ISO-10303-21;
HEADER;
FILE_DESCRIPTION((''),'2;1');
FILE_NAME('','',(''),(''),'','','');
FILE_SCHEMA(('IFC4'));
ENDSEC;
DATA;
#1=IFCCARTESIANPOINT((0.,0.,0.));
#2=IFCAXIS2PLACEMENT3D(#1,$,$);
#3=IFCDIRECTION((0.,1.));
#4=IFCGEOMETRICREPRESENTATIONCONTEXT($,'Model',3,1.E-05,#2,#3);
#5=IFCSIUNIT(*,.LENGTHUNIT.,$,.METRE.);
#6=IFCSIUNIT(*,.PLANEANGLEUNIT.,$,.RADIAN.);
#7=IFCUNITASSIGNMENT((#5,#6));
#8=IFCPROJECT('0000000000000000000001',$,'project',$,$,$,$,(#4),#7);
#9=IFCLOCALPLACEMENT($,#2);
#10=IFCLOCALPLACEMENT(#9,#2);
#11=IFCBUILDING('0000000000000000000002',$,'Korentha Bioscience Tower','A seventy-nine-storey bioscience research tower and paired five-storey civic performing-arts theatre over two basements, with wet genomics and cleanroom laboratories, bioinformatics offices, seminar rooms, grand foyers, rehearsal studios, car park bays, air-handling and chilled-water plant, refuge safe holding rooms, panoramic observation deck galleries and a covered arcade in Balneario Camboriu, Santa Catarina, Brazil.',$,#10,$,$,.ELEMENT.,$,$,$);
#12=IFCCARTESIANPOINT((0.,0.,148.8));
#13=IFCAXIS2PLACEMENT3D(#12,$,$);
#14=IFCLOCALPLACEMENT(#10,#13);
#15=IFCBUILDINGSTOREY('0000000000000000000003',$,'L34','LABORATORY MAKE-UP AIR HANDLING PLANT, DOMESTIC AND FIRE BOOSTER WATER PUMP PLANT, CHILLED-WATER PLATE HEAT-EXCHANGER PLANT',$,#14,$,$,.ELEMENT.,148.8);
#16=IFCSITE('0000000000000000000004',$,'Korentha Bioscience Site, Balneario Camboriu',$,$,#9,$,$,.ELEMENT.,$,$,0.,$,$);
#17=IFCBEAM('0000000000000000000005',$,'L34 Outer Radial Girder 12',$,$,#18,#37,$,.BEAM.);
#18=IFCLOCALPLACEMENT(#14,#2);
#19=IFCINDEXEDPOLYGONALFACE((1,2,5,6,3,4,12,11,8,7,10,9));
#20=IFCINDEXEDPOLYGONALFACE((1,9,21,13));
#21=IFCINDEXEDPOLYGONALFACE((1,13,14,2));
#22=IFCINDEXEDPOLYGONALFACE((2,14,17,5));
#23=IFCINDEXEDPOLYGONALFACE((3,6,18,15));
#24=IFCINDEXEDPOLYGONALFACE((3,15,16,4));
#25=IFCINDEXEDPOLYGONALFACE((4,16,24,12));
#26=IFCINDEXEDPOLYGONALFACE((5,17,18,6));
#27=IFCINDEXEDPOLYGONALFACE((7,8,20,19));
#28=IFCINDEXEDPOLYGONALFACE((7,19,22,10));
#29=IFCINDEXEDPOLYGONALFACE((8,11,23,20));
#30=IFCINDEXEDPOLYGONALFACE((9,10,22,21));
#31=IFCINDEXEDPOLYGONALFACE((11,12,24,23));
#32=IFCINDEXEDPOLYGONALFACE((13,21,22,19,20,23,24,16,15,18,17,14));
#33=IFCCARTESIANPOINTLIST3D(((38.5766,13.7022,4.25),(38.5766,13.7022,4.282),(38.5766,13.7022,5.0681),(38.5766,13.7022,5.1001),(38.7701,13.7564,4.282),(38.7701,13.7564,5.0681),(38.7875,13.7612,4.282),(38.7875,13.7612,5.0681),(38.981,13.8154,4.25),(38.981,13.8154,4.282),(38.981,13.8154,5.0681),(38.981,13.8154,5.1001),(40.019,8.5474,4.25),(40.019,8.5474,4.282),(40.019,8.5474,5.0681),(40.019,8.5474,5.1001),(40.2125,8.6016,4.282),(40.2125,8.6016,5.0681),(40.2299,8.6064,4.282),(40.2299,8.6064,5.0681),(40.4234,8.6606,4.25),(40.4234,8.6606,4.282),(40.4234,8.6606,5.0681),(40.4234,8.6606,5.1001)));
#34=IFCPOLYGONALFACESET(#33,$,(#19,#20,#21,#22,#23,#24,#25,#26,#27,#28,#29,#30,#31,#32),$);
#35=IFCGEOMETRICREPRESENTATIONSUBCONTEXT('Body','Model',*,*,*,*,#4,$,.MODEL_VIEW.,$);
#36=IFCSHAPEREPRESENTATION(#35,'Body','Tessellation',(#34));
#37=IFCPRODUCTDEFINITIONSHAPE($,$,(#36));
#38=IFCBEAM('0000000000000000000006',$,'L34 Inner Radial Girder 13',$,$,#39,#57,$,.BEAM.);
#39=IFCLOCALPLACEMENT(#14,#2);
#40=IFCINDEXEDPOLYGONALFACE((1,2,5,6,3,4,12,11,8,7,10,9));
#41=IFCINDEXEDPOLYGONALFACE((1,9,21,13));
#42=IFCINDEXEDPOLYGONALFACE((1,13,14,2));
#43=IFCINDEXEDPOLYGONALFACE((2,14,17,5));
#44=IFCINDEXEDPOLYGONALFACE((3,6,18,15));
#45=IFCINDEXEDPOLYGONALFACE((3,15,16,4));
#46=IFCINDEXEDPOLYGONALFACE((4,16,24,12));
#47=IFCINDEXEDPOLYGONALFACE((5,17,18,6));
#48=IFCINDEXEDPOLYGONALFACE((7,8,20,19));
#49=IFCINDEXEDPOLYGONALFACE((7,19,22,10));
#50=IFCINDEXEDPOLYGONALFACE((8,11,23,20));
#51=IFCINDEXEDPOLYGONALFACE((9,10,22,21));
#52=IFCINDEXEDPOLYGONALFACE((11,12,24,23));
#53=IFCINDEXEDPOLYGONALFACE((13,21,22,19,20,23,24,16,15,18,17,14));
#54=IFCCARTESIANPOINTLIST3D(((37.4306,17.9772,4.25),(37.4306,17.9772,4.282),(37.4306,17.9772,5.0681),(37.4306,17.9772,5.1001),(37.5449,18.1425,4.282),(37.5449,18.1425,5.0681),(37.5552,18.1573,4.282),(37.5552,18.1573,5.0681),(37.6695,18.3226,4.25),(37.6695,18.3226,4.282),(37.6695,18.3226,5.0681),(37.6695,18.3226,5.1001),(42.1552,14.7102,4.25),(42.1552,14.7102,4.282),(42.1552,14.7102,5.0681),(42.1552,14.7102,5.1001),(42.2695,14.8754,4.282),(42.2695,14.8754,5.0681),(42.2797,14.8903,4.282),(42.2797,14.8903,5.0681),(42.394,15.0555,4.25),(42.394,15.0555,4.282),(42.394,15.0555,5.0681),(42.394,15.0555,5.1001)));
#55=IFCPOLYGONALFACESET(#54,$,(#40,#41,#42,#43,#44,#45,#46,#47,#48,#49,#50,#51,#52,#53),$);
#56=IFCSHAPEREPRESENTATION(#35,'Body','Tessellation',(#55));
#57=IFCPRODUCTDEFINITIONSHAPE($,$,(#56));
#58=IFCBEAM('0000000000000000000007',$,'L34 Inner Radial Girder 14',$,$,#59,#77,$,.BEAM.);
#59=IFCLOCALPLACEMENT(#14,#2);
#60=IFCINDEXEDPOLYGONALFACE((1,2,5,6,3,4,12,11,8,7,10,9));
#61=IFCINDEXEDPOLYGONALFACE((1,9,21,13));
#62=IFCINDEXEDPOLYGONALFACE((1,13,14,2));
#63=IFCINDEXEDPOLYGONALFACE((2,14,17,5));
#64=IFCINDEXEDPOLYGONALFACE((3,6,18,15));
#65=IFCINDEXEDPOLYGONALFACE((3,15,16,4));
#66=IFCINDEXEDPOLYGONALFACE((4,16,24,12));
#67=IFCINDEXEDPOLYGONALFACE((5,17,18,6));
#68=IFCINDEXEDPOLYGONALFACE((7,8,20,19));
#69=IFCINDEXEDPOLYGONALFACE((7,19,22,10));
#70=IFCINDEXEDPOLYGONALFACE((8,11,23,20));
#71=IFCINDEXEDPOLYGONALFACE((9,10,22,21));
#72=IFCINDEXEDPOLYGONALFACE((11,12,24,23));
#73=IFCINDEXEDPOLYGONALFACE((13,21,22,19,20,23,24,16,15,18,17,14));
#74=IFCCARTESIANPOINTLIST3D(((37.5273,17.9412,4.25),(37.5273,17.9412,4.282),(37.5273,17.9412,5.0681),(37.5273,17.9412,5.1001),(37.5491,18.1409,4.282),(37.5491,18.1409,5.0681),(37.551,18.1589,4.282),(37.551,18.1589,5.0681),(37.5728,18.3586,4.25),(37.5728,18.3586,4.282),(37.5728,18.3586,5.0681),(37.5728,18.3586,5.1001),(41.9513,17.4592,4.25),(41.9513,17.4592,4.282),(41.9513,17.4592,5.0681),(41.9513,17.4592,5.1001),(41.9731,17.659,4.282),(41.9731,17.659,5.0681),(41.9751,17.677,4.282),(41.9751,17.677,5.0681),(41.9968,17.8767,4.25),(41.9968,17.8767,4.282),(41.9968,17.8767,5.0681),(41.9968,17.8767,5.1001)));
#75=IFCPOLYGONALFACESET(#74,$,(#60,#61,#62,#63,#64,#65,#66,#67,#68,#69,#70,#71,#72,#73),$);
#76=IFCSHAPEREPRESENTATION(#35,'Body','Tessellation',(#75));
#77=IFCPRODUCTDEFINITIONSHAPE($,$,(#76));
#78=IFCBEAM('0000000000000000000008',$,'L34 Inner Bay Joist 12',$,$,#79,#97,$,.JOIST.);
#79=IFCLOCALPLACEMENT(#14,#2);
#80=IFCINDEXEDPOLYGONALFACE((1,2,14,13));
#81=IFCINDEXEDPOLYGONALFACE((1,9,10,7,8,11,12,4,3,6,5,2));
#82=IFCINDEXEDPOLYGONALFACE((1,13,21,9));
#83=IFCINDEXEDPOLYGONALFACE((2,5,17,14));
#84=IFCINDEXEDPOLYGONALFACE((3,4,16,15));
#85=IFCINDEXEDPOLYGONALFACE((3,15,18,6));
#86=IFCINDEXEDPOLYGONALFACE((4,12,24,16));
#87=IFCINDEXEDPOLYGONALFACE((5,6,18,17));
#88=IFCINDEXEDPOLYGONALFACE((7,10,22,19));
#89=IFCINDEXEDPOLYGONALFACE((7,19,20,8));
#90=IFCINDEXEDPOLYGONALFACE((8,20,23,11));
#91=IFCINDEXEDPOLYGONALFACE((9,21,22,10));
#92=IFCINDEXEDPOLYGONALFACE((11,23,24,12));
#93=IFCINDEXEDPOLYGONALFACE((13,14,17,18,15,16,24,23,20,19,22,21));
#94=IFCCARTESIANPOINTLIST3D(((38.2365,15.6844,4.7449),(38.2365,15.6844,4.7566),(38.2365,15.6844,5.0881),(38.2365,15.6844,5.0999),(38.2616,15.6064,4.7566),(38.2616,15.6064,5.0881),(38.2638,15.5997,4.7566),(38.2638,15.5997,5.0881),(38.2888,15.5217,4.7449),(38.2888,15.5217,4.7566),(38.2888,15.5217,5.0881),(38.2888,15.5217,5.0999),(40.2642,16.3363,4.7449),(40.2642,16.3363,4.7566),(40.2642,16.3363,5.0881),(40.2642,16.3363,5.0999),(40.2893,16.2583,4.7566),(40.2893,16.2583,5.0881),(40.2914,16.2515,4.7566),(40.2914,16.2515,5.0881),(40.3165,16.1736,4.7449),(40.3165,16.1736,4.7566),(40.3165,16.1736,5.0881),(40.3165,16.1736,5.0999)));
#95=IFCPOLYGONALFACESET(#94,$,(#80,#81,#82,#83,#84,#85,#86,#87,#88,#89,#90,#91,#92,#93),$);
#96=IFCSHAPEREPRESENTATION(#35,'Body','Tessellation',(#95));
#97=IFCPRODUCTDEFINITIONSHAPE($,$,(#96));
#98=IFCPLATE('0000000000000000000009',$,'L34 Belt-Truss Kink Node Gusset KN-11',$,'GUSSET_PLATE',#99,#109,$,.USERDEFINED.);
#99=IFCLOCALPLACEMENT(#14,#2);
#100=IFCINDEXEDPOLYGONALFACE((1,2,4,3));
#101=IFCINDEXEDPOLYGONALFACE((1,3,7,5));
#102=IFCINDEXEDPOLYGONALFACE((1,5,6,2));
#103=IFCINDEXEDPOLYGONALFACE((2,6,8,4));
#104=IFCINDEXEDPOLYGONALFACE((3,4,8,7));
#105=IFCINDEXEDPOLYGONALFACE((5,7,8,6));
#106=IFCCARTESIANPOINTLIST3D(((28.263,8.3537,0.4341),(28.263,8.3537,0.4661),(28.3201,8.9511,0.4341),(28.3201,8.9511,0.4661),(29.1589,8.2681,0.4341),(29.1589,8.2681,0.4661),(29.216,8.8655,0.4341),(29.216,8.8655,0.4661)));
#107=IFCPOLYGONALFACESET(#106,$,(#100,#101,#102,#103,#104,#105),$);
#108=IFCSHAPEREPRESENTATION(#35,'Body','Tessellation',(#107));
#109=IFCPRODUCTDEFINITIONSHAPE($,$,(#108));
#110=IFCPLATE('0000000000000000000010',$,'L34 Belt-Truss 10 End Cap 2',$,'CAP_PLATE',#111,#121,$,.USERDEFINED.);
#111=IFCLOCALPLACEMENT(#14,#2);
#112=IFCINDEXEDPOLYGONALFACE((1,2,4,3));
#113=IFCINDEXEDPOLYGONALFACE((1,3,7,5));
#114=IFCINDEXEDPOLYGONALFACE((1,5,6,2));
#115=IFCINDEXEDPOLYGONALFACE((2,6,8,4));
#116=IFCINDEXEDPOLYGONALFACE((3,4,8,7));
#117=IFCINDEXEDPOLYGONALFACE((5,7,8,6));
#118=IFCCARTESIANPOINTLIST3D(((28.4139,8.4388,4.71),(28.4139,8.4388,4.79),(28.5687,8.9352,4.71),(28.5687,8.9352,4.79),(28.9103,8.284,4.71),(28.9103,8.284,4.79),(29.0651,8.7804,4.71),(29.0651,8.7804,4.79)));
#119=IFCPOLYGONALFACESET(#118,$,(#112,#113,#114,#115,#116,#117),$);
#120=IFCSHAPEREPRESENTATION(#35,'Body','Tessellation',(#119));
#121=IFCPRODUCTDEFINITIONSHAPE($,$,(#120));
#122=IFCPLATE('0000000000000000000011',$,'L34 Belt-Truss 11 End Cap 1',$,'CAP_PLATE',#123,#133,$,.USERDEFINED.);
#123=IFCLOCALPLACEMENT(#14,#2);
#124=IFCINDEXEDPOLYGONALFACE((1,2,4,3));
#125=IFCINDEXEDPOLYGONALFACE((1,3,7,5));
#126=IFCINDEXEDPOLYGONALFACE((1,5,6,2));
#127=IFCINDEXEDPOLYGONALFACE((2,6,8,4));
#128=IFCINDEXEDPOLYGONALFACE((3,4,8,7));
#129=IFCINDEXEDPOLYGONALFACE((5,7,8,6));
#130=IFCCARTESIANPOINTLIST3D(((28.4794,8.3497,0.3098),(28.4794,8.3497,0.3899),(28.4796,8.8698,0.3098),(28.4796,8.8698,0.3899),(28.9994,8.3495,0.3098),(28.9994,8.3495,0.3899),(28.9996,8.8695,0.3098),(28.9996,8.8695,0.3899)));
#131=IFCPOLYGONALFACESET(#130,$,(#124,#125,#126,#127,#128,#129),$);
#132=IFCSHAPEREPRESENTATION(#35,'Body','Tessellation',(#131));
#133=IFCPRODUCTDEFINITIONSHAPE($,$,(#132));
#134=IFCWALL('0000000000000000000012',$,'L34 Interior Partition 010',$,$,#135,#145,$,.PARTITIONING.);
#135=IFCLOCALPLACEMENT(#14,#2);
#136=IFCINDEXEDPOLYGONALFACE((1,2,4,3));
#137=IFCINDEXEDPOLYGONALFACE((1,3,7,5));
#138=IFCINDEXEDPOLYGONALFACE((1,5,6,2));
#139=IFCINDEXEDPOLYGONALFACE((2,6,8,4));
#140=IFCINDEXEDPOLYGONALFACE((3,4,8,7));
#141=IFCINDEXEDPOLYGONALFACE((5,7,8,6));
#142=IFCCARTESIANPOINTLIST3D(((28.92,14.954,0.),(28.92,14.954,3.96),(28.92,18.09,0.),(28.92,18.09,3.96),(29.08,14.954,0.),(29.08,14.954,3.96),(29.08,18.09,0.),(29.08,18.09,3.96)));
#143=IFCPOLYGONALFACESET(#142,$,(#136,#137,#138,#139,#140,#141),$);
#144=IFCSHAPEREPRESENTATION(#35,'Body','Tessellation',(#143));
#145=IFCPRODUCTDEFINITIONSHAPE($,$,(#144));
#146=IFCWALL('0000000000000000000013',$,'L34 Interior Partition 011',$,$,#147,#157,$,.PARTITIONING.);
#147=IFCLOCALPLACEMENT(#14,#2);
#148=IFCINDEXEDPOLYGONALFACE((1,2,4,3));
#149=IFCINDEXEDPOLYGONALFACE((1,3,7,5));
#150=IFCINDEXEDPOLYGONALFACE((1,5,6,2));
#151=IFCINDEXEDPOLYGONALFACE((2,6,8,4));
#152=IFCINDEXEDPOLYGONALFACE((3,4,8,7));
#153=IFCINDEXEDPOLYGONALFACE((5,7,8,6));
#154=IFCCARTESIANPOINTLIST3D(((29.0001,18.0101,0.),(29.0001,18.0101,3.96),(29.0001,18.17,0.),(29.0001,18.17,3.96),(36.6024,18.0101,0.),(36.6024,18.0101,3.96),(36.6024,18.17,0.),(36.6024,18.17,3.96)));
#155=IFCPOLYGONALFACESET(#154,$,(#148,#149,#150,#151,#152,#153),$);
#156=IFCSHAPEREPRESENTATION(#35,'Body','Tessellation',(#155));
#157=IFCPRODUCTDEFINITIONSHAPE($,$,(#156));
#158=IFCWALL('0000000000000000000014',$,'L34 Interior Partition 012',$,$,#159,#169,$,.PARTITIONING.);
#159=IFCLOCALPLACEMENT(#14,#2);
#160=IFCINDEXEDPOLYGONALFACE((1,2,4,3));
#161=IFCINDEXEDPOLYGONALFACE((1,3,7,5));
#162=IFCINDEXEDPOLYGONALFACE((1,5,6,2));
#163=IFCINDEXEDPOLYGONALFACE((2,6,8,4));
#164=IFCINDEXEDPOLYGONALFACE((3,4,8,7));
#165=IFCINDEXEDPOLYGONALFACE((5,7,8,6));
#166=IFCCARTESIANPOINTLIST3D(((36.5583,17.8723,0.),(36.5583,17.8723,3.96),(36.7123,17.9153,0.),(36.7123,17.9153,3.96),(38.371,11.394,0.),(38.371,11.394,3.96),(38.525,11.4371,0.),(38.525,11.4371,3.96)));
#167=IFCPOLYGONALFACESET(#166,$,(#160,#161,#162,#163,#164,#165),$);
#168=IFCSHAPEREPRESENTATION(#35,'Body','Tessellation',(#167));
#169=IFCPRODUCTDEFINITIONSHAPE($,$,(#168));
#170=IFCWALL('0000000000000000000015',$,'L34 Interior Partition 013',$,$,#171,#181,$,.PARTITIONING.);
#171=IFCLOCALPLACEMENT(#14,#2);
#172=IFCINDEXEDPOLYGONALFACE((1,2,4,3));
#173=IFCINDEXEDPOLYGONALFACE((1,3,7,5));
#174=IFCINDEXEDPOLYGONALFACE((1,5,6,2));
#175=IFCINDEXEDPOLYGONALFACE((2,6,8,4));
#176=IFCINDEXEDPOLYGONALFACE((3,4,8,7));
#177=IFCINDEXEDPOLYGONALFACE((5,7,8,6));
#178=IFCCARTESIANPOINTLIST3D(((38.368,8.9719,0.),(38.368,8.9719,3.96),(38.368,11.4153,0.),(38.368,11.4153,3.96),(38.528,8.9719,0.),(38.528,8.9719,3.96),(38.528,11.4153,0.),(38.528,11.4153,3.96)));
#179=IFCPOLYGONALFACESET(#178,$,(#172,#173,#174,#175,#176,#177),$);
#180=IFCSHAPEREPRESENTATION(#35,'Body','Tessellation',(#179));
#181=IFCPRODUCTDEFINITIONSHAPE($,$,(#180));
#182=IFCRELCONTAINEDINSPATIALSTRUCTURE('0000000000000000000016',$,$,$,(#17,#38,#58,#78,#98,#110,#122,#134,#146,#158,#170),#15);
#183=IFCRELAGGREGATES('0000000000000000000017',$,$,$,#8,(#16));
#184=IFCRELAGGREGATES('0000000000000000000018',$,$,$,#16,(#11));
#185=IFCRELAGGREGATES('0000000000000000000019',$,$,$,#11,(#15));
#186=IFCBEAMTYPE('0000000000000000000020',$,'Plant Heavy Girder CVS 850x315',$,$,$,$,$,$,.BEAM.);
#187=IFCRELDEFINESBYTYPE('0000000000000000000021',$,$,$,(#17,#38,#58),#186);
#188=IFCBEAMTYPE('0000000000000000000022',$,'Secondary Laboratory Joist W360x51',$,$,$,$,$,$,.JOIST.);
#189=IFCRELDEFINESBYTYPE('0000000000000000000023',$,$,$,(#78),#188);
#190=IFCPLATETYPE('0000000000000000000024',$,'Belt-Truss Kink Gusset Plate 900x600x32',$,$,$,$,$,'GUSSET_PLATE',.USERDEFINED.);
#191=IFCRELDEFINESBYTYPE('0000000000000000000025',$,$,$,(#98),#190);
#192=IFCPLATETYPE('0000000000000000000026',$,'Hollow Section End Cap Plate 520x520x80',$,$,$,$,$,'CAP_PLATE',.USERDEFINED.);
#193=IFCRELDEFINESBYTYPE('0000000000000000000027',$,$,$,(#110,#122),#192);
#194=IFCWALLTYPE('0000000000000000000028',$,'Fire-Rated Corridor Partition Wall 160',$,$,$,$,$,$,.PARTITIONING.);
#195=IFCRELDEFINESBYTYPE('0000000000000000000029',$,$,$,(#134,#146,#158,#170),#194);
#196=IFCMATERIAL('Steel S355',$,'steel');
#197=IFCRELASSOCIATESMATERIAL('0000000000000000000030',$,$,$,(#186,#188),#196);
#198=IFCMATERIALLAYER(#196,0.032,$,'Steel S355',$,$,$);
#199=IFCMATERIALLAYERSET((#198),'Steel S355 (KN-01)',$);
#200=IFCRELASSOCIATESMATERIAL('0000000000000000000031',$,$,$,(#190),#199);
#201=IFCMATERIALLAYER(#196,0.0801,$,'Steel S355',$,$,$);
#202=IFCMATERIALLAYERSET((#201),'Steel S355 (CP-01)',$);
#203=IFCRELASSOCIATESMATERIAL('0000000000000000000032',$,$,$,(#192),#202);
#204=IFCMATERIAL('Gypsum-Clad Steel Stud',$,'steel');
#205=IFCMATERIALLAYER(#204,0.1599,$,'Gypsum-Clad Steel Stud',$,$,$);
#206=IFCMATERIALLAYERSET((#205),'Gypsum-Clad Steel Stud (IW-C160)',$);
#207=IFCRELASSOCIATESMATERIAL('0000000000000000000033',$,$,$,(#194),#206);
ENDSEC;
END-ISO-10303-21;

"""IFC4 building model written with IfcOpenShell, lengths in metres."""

from ifc_helpers import new_model, si_unit, direction, frame, frame_2d, origin, origin_2d, place, context, subcontext, project, spatial, rectangle, i_section, extrude, material, layer, layer_set, material_profile, profile_set, type_object, element, save


model = new_model("IFC4")

# Units and contexts
model_context = context("Model", 3, precision=1e-05, world=origin(), true_north=direction((0.0, 1.0)))
body_context = subcontext(model_context, "Body", "Model", "MODEL_VIEW")
ifc_project = project(units=[si_unit("LENGTHUNIT", "METRE"), si_unit("PLANEANGLEUNIT", "RADIAN")], contexts=[model_context])

# Site, building, storey
site_placement = place(None, origin())
site = spatial("IfcSite", under=ifc_project, at=site_placement, Name="Korentha Bioscience Site, Balneario Camboriu", CompositionType="ELEMENT", RefElevation=0.0)
building_placement = place(site_placement, origin())
building = spatial("IfcBuilding", under=site, at=building_placement, Name="Korentha Bioscience Tower", Description="A seventy-nine-storey bioscience research tower and paired five-storey civic performing-arts theatre over two basements, with wet genomics and cleanroom laboratories, bioinformatics offices, seminar rooms, grand foyers, rehearsal studios, car park bays, air-handling and chilled-water plant, refuge safe holding rooms, panoramic observation deck galleries and a covered arcade in Balneario Camboriu, Santa Catarina, Brazil.", CompositionType="ELEMENT")
storey_placement = place(building_placement, frame((0.0, 0.0, 148.8)))
storey = spatial("IfcBuildingStorey", under=building, at=storey_placement, Name="L34", Description="LABORATORY MAKE-UP AIR HANDLING PLANT, DOMESTIC AND FIRE BOOSTER WATER PUMP PLANT, CHILLED-WATER PLATE HEAT-EXCHANGER PLANT", CompositionType="ELEMENT", Elevation=148.8)

# Shared definitions
ifc_material_1 = material(Name="Steel S355", Category="steel")

# Beams
ifc_material_profile_1 = material_profile(ifc_material_1, i_section(OverallWidth=0.4199, OverallDepth=0.8501, WebThickness=0.0181, FlangeThickness=0.032, at=origin_2d()), Name="Steel S355")
ifc_profile_set_1 = profile_set([ifc_material_profile_1], Name="Steel S355 (MB-850)")
beam_type_1 = type_object("IfcBeamType", Name="Plant Heavy Girder CVS 850x315", PredefinedType="BEAM", material=ifc_profile_set_1)
beam_1_placement = place(storey_placement, frame((38.7788, 13.7588, 4.675), z_axis=(0.269464, -0.96301, 0.0), x_axis=(0.96301, 0.269464, 0.0)))
element("IfcBeam", 1, at=beam_1_placement, inside=storey, type_object=beam_type_1, Name="L34 Outer Radial Girder 12", PredefinedType="BEAM", context=body_context, shape_type="SweptSolid", body=[
    extrude(i_section(OverallWidth=0.4199, OverallDepth=0.8501, WebThickness=0.0181, FlangeThickness=0.032, at=origin_2d()), origin(), (0.0, 0.0, 1.0), 5.3528),
])
beam_2_placement = place(storey_placement, frame((37.55, 18.1499, 4.675), z_axis=(0.822501, -0.568763, 0.0), x_axis=(0.568763, 0.822501, 0.0)))
element("IfcBeam", 2, at=beam_2_placement, inside=storey, type_object=beam_type_1, Name="L34 Inner Radial Girder 13", PredefinedType="BEAM", context=body_context, shape_type="SweptSolid", body=[
    extrude(i_section(OverallWidth=0.4199, OverallDepth=0.8501, WebThickness=0.0181, FlangeThickness=0.032, at=origin_2d()), origin(), (0.0, 0.0, 1.0), 5.7441),
])
beam_3_placement = place(storey_placement, frame((37.55, 18.1499, 4.675), z_axis=(0.994119, -0.108294, 0.0), x_axis=(0.108294, 0.994119, 0.0)))
element("IfcBeam", 3, at=beam_3_placement, inside=storey, type_object=beam_type_1, Name="L34 Inner Radial Girder 14", PredefinedType="BEAM", context=body_context, shape_type="SweptSolid", body=[
    extrude(i_section(OverallWidth=0.4199, OverallDepth=0.8501, WebThickness=0.0181, FlangeThickness=0.032, at=origin_2d()), origin(), (0.0, 0.0, 1.0), 4.4502),
])
ifc_material_profile_2 = material_profile(ifc_material_1, i_section(OverallWidth=0.1709, OverallDepth=0.355, WebThickness=0.0071, FlangeThickness=0.0117, at=origin_2d()), Name="Steel S355")
ifc_profile_set_2 = profile_set([ifc_material_profile_2], Name="Steel S355 (JB-360)")
beam_type_2 = type_object("IfcBeamType", Name="Secondary Laboratory Joist W360x51", PredefinedType="JOIST", material=ifc_profile_set_2)
beam_4_placement = place(storey_placement, frame((38.2627, 15.603, 4.9224), z_axis=(0.952011, 0.306065, 0.0), x_axis=(-0.306065, 0.952011, 0.0)))
element("IfcBeam", 4, at=beam_4_placement, inside=storey, type_object=beam_type_2, Name="L34 Inner Bay Joist 12", PredefinedType="JOIST", context=body_context, shape_type="SweptSolid", body=[
    extrude(i_section(OverallWidth=0.1709, OverallDepth=0.355, WebThickness=0.0071, FlangeThickness=0.0117, at=origin_2d()), origin(), (0.0, 0.0, 1.0), 2.1299),
])

# Plates
ifc_layer_1 = layer(ifc_material_1, 0.032, Name="Steel S355")
ifc_layer_set_1 = layer_set([ifc_layer_1], Name="Steel S355 (KN-01)")
plate_type_1 = type_object("IfcPlateType", Name="Belt-Truss Kink Gusset Plate 900x600x32", ElementType="GUSSET_PLATE", PredefinedType="USERDEFINED", material=ifc_layer_set_1)
plate_placement = place(storey_placement, frame((28.7395, 8.6096, 0.4341), z_axis=(0.0, 0.0, 1.0), x_axis=(-0.995463, 0.095151, 0.0)))
element("IfcPlate", 5, at=plate_placement, inside=storey, type_object=plate_type_1, Name="L34 Belt-Truss Kink Node Gusset KN-11", ObjectType="GUSSET_PLATE", PredefinedType="USERDEFINED", context=body_context, shape_type="SweptSolid", body=[
    extrude(rectangle(XDim=0.8999, YDim=0.6001, at=origin_2d()), origin(), (0.0, 0.0, 1.0), 0.032),
])
ifc_layer_2 = layer(ifc_material_1, 0.0801, Name="Steel S355")
ifc_layer_set_2 = layer_set([ifc_layer_2], Name="Steel S355 (CP-01)")
plate_type_2 = type_object("IfcPlateType", Name="Hollow Section End Cap Plate 520x520x80", ElementType="CAP_PLATE", PredefinedType="USERDEFINED", material=ifc_layer_set_2)
for number, where, z_axis, x_axis, name in (
    (6, (28.7395, 8.6096, 4.71), (0.0, 0.0, 1.0), (-0.954657, 0.297708, 0.0), "L34 Belt-Truss 10 End Cap 2"),
    (7, (28.7395, 8.6096, 0.3098), (0.0, 0.0, 1.0), (-1.0, 0.000524, 0.0), "L34 Belt-Truss 11 End Cap 1"),
):
    element("IfcPlate", number, at=place(storey_placement, frame(where, z_axis=z_axis, x_axis=x_axis)), inside=storey, type_object=plate_type_2, Name=name, ObjectType="CAP_PLATE", PredefinedType="USERDEFINED", context=body_context, shape_type="SweptSolid", body=[
        extrude(rectangle(XDim=0.52, YDim=0.52, at=origin_2d()), origin(), (0.0, 0.0, 1.0), 0.0801),
    ])

# Walls
ifc_material_2 = material(Name="Gypsum-Clad Steel Stud", Category="steel")
ifc_layer_3 = layer(ifc_material_2, 0.1599, Name="Gypsum-Clad Steel Stud")
ifc_layer_set_3 = layer_set([ifc_layer_3], Name="Gypsum-Clad Steel Stud (IW-C160)")
wall_type_1 = type_object("IfcWallType", Name="Fire-Rated Corridor Partition Wall 160", PredefinedType="PARTITIONING", material=ifc_layer_set_3)
wall_1_placement = place(storey_placement, frame((29.0, 14.9541, 0.0), z_axis=(0.0, 0.0, 1.0), x_axis=(0.0, 1.0, 0.0)))
element("IfcWall", 8, at=wall_1_placement, inside=storey, type_object=wall_type_1, Name="L34 Interior Partition 010", PredefinedType="PARTITIONING", context=body_context, shape_type="SweptSolid", body=[
    extrude(rectangle(XDim=3.136, YDim=0.1599, at=frame_2d((1.5679, 0.0))), origin(), (0.0, 0.0, 1.0), 3.96),
])
wall_2_placement = place(storey_placement, frame((29.0, 18.0901, 0.0), z_axis=(0.0, 0.0, 1.0), x_axis=(1.0, 0.0, 0.0)))
element("IfcWall", 9, at=wall_2_placement, inside=storey, type_object=wall_type_1, Name="L34 Interior Partition 011", PredefinedType="PARTITIONING", context=body_context, shape_type="SweptSolid", body=[
    extrude(rectangle(XDim=7.6023, YDim=0.1599, at=frame_2d((3.8013, 0.0))), origin(), (0.0, 0.0, 1.0), 3.96),
])
wall_3_placement = place(storey_placement, frame((36.6353, 17.8938, 0.0), z_axis=(0.0, 0.0, 1.0), x_axis=(0.269468, -0.963009, 0.0)))
element("IfcWall", 10, at=wall_3_placement, inside=storey, type_object=wall_type_1, Name="L34 Interior Partition 012", PredefinedType="PARTITIONING", context=body_context, shape_type="SweptSolid", body=[
    extrude(rectangle(XDim=6.7271, YDim=0.1599, at=frame_2d((3.3635, 0.0))), origin(), (0.0, 0.0, 1.0), 3.96),
])
wall_4_placement = place(storey_placement, frame((38.448, 11.4153, 0.0), z_axis=(0.0, 0.0, 1.0), x_axis=(0.0, -1.0, 0.0)))
element("IfcWall", 11, at=wall_4_placement, inside=storey, type_object=wall_type_1, Name="L34 Interior Partition 013", PredefinedType="PARTITIONING", context=body_context, shape_type="SweptSolid", body=[
    extrude(rectangle(XDim=2.4434, YDim=0.1599, at=frame_2d((1.2217, 0.0))), origin(), (0.0, 0.0, 1.0), 3.96),
])

save(model, "model.ifc")
